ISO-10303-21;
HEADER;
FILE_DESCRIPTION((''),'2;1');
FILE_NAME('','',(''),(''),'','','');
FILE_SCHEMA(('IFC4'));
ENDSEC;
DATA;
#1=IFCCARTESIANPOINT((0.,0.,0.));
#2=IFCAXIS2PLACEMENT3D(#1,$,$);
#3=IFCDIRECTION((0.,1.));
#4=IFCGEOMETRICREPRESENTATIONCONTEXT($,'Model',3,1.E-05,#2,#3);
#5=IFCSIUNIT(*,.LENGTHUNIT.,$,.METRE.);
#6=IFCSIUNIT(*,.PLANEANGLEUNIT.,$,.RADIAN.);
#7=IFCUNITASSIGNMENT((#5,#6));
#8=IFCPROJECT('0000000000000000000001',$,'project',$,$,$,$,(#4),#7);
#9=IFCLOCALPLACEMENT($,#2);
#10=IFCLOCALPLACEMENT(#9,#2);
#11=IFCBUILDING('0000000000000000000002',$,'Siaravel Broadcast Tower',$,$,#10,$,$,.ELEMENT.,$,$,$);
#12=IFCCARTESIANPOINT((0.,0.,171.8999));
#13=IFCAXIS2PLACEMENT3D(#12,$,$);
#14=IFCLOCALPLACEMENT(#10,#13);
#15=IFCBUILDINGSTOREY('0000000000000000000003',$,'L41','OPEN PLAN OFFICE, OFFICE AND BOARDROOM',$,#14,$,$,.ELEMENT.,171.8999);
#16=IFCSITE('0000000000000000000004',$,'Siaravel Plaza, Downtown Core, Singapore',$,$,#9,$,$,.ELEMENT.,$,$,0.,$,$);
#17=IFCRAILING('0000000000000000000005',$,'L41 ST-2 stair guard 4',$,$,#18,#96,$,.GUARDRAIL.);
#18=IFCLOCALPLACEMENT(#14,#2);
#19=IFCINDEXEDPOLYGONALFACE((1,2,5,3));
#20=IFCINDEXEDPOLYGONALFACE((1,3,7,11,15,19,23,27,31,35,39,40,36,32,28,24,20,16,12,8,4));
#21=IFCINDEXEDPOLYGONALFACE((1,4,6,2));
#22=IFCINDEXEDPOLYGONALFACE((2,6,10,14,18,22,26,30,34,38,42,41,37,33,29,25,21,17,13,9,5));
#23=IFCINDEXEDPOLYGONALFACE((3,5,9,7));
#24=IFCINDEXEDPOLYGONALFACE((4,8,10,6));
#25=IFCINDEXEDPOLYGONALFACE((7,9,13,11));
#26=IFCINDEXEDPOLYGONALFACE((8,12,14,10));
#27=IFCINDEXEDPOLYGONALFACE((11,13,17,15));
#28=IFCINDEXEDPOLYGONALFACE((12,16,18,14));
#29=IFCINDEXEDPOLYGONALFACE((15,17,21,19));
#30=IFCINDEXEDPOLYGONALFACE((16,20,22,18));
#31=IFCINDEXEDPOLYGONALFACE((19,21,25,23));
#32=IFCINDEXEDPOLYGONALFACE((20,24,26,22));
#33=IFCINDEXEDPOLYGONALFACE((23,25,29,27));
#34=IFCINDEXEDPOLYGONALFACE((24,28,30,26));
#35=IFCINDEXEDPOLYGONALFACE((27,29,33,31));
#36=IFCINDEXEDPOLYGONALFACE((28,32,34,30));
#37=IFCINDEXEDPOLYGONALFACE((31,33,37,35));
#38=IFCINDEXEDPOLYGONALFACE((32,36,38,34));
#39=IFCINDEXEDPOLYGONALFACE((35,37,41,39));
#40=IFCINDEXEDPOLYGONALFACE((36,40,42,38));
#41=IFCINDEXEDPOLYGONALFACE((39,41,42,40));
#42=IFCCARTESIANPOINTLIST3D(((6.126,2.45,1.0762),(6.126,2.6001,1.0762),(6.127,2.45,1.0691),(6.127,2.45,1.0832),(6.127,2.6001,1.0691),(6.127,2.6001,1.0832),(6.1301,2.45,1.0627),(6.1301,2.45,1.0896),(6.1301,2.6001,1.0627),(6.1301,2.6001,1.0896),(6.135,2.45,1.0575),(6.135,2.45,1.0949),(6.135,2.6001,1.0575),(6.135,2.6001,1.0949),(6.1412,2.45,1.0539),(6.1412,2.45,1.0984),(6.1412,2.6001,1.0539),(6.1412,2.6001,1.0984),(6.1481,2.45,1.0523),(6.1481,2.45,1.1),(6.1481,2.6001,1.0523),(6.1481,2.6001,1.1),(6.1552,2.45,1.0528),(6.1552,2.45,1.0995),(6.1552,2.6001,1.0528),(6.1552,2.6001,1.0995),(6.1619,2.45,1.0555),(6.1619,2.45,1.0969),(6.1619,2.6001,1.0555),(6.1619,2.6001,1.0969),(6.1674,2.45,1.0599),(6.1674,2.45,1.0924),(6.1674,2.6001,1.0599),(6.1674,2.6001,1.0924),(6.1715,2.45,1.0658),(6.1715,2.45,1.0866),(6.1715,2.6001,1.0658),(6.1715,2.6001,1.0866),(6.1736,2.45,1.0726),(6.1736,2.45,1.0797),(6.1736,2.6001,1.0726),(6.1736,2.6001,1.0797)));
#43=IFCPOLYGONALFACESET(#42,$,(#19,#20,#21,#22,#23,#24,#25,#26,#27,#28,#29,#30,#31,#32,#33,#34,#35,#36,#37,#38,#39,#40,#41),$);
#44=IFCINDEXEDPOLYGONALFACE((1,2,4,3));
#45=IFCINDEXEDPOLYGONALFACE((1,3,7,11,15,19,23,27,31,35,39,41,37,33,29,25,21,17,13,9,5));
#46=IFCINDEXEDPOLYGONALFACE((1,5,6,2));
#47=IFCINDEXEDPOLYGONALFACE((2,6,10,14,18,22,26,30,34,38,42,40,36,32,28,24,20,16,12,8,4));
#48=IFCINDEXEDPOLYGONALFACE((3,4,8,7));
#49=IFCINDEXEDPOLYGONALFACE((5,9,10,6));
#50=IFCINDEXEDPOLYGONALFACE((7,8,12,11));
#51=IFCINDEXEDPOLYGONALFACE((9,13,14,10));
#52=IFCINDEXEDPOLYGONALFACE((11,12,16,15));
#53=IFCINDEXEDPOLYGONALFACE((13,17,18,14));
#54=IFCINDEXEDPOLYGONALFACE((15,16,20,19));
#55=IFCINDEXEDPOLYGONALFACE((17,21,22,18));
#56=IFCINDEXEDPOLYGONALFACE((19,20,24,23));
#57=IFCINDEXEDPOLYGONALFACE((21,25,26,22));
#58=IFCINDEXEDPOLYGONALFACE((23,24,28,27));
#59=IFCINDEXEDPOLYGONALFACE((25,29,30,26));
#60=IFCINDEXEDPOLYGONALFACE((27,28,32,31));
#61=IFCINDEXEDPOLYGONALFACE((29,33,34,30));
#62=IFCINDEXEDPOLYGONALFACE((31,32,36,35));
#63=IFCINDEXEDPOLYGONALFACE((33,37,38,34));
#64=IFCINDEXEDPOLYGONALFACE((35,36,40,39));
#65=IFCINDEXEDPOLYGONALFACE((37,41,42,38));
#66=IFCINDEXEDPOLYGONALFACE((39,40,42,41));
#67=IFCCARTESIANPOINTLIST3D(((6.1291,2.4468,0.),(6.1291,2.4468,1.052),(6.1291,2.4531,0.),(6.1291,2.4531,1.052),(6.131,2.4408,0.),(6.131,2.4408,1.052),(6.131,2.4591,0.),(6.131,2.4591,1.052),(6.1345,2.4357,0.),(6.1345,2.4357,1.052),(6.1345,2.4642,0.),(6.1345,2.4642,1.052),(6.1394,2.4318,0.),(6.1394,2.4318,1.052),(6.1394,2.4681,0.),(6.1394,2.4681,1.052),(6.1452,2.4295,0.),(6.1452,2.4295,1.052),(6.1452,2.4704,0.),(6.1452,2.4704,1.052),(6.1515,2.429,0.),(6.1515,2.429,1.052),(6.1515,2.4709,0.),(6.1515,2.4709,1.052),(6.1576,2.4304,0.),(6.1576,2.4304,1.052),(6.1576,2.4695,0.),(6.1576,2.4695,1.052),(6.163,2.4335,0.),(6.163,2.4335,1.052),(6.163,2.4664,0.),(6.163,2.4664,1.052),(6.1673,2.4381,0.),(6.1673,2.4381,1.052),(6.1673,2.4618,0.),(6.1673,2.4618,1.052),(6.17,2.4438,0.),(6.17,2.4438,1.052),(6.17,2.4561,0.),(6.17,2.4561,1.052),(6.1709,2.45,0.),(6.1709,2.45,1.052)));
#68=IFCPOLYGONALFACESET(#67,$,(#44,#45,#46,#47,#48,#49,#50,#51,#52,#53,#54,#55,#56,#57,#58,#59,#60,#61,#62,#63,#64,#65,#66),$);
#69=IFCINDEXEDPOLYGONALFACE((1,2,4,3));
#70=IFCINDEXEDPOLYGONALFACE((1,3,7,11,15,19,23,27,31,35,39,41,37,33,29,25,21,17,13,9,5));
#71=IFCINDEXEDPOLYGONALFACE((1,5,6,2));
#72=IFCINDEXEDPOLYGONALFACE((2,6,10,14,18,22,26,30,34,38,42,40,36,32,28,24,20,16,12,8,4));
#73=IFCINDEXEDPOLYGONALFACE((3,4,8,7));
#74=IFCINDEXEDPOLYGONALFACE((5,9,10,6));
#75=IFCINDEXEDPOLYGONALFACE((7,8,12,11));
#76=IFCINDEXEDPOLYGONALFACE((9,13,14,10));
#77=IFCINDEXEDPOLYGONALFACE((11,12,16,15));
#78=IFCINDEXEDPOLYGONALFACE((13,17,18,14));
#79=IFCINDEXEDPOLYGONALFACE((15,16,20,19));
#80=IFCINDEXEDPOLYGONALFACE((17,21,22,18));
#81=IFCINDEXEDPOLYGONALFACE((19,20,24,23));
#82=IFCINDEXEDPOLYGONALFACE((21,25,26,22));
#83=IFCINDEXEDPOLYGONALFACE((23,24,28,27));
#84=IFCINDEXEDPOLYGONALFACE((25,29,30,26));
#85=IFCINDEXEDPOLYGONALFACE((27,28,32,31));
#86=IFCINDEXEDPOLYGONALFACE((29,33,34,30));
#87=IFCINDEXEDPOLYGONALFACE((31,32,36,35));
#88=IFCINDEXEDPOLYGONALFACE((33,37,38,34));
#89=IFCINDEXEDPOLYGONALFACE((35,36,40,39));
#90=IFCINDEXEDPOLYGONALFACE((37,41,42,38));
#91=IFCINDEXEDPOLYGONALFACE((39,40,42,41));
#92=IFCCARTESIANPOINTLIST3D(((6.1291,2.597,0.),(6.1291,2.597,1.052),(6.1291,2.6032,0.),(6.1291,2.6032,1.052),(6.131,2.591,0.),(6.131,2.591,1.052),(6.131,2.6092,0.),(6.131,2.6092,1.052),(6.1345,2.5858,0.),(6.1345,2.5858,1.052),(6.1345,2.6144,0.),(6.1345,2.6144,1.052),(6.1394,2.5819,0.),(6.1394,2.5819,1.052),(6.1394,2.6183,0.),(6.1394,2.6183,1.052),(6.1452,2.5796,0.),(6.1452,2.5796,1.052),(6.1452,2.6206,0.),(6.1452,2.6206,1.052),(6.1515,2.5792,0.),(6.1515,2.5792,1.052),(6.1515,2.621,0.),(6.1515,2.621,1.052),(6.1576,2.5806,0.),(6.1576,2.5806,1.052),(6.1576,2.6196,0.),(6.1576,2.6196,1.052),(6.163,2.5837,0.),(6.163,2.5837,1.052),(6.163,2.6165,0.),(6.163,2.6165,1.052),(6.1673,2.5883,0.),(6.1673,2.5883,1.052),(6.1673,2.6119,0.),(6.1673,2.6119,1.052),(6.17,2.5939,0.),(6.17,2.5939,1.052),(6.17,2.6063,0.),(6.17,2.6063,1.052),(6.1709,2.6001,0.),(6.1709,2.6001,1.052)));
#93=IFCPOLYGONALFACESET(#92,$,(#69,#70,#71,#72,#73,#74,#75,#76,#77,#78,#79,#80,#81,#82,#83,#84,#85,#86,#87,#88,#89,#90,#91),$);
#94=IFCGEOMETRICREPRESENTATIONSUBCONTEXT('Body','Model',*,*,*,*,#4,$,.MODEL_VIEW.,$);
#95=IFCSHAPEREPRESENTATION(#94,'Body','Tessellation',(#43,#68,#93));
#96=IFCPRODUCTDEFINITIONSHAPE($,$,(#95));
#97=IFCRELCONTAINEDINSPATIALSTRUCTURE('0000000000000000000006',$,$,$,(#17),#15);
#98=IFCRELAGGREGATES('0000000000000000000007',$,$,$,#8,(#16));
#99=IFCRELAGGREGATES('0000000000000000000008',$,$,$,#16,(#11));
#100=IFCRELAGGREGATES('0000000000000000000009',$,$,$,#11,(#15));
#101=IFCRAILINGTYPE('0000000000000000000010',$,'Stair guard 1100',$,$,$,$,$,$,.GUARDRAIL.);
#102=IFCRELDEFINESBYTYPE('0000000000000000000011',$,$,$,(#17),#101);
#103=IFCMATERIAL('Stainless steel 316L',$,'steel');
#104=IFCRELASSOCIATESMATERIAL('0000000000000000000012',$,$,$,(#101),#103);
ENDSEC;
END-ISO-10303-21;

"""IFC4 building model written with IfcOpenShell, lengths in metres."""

from ifc_helpers import new_model, si_unit, direction, frame, origin, origin_2d, place, context, subcontext, project, spatial, circle, extrude, material, type_object, element, save


model = new_model("IFC4")

# Units and contexts
model_context = context("Model", 3, precision=1e-05, world=origin(), true_north=direction((0.0, 1.0)))
body_context = subcontext(model_context, "Body", "Model", "MODEL_VIEW")
ifc_project = project(units=[si_unit("LENGTHUNIT", "METRE"), si_unit("PLANEANGLEUNIT", "RADIAN")], contexts=[model_context])

# Site, building, storey
site_placement = place(None, origin())
site = spatial("IfcSite", under=ifc_project, at=site_placement, Name="Siaravel Plaza, Downtown Core, Singapore", CompositionType="ELEMENT", RefElevation=0.0)
building_placement = place(site_placement, origin())
building = spatial("IfcBuilding", under=site, at=building_placement, Name="Siaravel Broadcast Tower", CompositionType="ELEMENT")
storey_placement = place(building_placement, frame((0.0, 0.0, 171.8999)))
storey = spatial("IfcBuildingStorey", under=building, at=storey_placement, Name="L41", Description="OPEN PLAN OFFICE, OFFICE AND BOARDROOM", CompositionType="ELEMENT", Elevation=171.8999)

# Railing
ifc_material_1 = material(Name="Stainless steel 316L", Category="steel")
railing_type_1 = type_object("IfcRailingType", Name="Stair guard 1100", PredefinedType="GUARDRAIL", material=ifc_material_1)
railing_1_placement = place(storey_placement, frame((6.1499, 2.45, 0.0)))
element("IfcRailing", 1, at=railing_1_placement, inside=storey, type_object=railing_type_1, Name="L41 ST-2 stair guard 4", PredefinedType="GUARDRAIL", context=body_context, shape_type="SweptSolid", body=[
    extrude(circle(Radius=0.0239, at=origin_2d()), frame((0.0, 0.0, 1.0762), z_axis=(0.0, 1.0, 0.0), x_axis=(-1.0, 0.0, 0.0)), (0.0, 0.0, 1.0), 0.1501),
    extrude(circle(Radius=0.021, at=origin_2d()), origin(), (0.0, 0.0, 1.0), 1.052),
    extrude(circle(Radius=0.021, at=origin_2d()), frame((0.0, 0.1501, 0.0)), (0.0, 0.0, 1.0), 1.052),
])

save(model, "model.ifc")
